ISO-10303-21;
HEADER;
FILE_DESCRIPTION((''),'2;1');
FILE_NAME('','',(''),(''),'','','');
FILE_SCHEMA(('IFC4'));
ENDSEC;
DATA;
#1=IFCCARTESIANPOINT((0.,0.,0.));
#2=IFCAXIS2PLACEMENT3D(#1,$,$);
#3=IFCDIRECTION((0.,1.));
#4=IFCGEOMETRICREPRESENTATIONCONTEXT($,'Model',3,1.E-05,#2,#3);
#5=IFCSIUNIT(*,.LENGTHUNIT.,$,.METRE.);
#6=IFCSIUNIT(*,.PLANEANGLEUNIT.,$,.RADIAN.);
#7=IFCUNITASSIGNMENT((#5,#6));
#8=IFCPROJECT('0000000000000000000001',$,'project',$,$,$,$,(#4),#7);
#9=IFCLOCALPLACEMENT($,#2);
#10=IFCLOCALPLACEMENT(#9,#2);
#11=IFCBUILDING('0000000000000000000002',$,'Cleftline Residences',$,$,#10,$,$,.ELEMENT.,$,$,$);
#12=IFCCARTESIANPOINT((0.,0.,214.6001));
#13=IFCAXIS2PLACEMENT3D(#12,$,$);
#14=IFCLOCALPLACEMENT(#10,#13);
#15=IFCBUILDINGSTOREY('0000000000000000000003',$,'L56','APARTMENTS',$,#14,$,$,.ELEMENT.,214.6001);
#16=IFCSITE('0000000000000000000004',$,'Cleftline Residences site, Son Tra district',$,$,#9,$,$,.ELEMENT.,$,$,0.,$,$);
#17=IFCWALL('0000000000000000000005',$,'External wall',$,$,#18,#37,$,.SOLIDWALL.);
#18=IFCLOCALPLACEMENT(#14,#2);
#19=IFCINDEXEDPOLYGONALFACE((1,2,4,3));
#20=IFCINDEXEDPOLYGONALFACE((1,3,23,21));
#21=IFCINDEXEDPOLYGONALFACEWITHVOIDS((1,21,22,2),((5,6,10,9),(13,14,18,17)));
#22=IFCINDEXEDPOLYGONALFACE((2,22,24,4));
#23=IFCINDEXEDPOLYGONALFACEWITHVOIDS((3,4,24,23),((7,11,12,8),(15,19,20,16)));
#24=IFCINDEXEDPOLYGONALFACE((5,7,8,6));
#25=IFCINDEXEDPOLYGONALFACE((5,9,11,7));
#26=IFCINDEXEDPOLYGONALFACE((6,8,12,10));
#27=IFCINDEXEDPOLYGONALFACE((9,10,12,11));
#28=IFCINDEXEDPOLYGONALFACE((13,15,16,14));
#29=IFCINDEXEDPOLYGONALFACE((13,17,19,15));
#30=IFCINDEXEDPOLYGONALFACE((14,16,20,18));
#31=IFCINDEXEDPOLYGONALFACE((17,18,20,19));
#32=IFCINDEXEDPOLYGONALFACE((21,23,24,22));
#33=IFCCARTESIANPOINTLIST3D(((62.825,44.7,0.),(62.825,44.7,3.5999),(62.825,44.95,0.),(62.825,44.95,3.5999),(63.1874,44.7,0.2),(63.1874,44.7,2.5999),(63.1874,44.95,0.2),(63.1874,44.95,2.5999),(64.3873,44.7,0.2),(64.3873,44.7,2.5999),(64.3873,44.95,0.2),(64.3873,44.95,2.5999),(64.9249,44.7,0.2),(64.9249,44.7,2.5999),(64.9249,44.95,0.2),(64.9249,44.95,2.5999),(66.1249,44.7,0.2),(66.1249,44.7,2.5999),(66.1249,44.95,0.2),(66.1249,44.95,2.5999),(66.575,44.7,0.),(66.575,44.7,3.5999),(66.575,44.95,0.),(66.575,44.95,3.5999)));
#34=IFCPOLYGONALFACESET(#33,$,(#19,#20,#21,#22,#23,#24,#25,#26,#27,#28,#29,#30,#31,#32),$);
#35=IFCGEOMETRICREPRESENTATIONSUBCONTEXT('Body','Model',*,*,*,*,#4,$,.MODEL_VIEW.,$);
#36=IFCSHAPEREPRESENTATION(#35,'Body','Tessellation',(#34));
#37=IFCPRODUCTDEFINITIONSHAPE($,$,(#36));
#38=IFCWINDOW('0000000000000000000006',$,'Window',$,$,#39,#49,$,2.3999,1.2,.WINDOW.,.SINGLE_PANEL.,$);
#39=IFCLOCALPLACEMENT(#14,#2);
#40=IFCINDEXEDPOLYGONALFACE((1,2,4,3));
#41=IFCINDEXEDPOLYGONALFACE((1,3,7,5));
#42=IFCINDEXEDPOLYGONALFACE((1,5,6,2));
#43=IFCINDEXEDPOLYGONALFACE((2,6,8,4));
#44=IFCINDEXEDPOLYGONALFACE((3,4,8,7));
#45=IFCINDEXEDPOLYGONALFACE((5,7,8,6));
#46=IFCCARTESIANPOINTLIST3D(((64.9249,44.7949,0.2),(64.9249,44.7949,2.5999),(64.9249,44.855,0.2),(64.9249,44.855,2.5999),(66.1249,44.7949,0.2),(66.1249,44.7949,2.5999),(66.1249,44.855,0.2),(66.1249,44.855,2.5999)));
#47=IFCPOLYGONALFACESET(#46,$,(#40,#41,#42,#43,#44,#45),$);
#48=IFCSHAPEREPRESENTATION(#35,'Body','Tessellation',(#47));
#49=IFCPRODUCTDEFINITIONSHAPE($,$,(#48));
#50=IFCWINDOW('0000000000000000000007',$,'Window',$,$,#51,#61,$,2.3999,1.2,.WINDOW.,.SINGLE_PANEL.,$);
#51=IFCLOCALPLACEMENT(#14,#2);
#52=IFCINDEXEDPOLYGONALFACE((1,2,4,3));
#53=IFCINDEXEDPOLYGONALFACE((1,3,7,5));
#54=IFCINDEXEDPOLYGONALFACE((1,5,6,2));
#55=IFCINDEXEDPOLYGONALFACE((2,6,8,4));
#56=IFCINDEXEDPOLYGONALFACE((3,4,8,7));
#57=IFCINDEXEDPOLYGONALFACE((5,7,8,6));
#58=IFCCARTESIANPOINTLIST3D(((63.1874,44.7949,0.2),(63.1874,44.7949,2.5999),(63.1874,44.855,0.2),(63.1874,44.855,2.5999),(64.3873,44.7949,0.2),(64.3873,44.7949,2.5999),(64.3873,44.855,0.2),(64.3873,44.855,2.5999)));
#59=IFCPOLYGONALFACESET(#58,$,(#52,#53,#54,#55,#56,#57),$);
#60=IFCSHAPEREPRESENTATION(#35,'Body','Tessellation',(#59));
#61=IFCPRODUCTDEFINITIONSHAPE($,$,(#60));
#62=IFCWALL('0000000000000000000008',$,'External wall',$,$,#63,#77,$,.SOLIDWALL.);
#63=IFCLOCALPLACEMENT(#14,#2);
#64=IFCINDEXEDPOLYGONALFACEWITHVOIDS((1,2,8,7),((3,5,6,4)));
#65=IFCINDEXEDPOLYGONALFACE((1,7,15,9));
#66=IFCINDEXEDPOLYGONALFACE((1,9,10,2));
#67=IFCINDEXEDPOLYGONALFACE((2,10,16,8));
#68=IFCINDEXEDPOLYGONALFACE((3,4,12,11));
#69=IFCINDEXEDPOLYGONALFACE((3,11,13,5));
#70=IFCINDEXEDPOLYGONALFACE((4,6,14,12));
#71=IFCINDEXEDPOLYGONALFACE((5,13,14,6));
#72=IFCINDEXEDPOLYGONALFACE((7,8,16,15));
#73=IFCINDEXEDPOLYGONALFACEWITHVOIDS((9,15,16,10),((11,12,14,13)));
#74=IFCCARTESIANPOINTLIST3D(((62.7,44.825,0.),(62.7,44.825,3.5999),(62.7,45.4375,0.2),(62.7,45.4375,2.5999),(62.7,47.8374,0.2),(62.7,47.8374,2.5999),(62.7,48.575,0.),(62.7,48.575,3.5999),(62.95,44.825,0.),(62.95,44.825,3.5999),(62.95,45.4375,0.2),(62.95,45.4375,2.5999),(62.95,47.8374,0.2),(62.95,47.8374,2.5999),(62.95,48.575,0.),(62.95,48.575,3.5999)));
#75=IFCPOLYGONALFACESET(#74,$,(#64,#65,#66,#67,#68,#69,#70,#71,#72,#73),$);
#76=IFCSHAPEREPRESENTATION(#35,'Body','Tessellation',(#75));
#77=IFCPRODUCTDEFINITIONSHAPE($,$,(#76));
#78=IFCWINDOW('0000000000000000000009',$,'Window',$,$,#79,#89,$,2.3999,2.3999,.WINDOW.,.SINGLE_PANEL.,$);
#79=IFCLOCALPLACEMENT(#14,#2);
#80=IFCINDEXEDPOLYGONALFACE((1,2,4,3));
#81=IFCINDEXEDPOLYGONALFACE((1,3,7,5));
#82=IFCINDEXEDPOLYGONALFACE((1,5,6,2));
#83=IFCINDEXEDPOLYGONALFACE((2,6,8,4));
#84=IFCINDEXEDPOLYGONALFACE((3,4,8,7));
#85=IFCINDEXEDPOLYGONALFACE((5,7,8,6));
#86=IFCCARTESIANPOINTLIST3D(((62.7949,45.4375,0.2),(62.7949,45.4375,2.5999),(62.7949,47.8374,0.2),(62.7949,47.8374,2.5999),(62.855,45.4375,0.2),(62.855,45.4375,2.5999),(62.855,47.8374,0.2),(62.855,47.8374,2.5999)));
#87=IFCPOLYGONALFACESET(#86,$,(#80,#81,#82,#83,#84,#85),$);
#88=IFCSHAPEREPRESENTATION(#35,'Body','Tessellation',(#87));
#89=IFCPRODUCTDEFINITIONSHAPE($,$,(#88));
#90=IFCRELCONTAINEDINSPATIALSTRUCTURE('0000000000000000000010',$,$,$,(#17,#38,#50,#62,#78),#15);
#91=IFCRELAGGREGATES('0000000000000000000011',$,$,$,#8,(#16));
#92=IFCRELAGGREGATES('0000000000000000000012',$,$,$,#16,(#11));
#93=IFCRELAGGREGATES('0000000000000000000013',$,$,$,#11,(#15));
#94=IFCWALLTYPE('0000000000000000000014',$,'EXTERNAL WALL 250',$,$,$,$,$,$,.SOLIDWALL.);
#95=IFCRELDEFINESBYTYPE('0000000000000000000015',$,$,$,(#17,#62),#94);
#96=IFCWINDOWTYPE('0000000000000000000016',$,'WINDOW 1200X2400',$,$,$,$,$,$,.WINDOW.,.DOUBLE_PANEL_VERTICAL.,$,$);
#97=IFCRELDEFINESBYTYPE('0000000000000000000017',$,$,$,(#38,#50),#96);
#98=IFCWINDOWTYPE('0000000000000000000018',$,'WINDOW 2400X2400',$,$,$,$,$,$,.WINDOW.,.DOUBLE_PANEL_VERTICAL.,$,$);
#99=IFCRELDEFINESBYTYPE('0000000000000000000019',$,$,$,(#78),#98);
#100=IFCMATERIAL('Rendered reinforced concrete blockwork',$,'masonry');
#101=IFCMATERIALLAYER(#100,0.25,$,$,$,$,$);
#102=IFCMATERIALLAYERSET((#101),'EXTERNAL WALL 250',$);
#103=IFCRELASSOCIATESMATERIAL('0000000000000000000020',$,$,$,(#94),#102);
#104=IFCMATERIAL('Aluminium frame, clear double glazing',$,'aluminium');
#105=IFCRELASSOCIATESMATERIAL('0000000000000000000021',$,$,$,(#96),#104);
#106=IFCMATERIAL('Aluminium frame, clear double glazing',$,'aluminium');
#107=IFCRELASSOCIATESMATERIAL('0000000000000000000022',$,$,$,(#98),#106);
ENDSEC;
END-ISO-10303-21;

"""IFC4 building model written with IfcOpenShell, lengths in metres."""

from ifc_helpers import new_model, si_unit, direction, frame, frame_2d, origin, place, context, subcontext, project, spatial, rectangle, extrude, material, layer, layer_set, type_object, element, fill, save


model = new_model("IFC4")

# Units and contexts
model_context = context("Model", 3, precision=1e-05, world=origin(), true_north=direction((0.0, 1.0)))
body_context = subcontext(model_context, "Body", "Model", "MODEL_VIEW")
ifc_project = project(units=[si_unit("LENGTHUNIT", "METRE"), si_unit("PLANEANGLEUNIT", "RADIAN")], contexts=[model_context])

# Site, building, storey
site_placement = place(None, origin())
site = spatial("IfcSite", under=ifc_project, at=site_placement, Name="Cleftline Residences site, Son Tra district", CompositionType="ELEMENT", RefElevation=0.0)
building_placement = place(site_placement, origin())
building = spatial("IfcBuilding", under=site, at=building_placement, Name="Cleftline Residences", CompositionType="ELEMENT")
storey_placement = place(building_placement, frame((0.0, 0.0, 214.6001)))
storey = spatial("IfcBuildingStorey", under=building, at=storey_placement, Name="L56", Description="APARTMENTS", CompositionType="ELEMENT", Elevation=214.6001)

# Wall, openings, windows
ifc_material_1 = material(Name="Rendered reinforced concrete blockwork", Category="masonry")
ifc_layer_1 = layer(ifc_material_1, 0.25)
ifc_layer_set_1 = layer_set([ifc_layer_1], Name="EXTERNAL WALL 250")
wall_type_1 = type_object("IfcWallType", Name="EXTERNAL WALL 250", PredefinedType="SOLIDWALL", material=ifc_layer_set_1)
wall_1_placement = place(storey_placement, frame((66.575, 44.825, 0.0), z_axis=(0.0, 0.0, 1.0), x_axis=(-1.0, 0.0, 0.0)))
wall_1 = element("IfcWall", 1, at=wall_1_placement, inside=storey, type_object=wall_type_1, Name="External wall", PredefinedType="SOLIDWALL", context=body_context, shape_type="SweptSolid", body=[
    extrude(rectangle(XDim=3.75, YDim=0.25, at=frame_2d((1.875, 0.0))), origin(), (0.0, 0.0, 1.0), 3.5999),
])
opening_1_placement = place(wall_1_placement, frame((0.45, 0.0, 0.2)))
opening_1 = element("IfcOpeningElement", 2, at=opening_1_placement, cuts=wall_1, PredefinedType="OPENING", context=body_context, shape_type="SweptSolid", body=[
    extrude(rectangle(XDim=1.2, YDim=2.3999, at=frame_2d((0.6001, 1.2))), frame((0.0, 0.135, 0.0), z_axis=(0.0, -1.0, 0.0), x_axis=(1.0, 0.0, 0.0)), (0.0, 0.0, 1.0), 0.27),
])
opening_2_placement = place(wall_1_placement, frame((2.1875, 0.0, 0.2)))
opening_2 = element("IfcOpeningElement", 3, at=opening_2_placement, cuts=wall_1, PredefinedType="OPENING", context=body_context, shape_type="SweptSolid", body=[
    extrude(rectangle(XDim=1.2, YDim=2.3999, at=frame_2d((0.6001, 1.2))), frame((0.0, 0.135, 0.0), z_axis=(0.0, -1.0, 0.0), x_axis=(1.0, 0.0, 0.0)), (0.0, 0.0, 1.0), 0.27),
])
ifc_material_2 = material(Name="Aluminium frame, clear double glazing", Category="aluminium")
window_type_1 = type_object("IfcWindowType", Name="WINDOW 1200X2400", PartitioningType="DOUBLE_PANEL_VERTICAL", PredefinedType="WINDOW", material=ifc_material_2)
window_1_placement = place(opening_1_placement, origin())
window_1 = element("IfcWindow", 4, at=window_1_placement, inside=storey, type_object=window_type_1, Name="Window", OverallHeight=2.3999, OverallWidth=1.2, PartitioningType="SINGLE_PANEL", PredefinedType="WINDOW", context=body_context, shape_type="SweptSolid", body=[
    extrude(rectangle(XDim=1.2, YDim=2.3999, at=frame_2d((0.6001, 1.2))), frame((0.0, 0.03, 0.0), z_axis=(0.0, -1.0, 0.0), x_axis=(1.0, 0.0, 0.0)), (0.0, 0.0, 1.0), 0.0601),
])
fill(opening_1, window_1)
window_2_placement = place(opening_2_placement, origin())
window_2 = element("IfcWindow", 5, at=window_2_placement, inside=storey, type_object=window_type_1, Name="Window", OverallHeight=2.3999, OverallWidth=1.2, PartitioningType="SINGLE_PANEL", PredefinedType="WINDOW", context=body_context, shape_type="SweptSolid", body=[
    extrude(rectangle(XDim=1.2, YDim=2.3999, at=frame_2d((0.6001, 1.2))), frame((0.0, 0.03, 0.0), z_axis=(0.0, -1.0, 0.0), x_axis=(1.0, 0.0, 0.0)), (0.0, 0.0, 1.0), 0.0601),
])
fill(opening_2, window_2)

# Wall, opening, window
wall_2_placement = place(storey_placement, frame((62.825, 44.825, 0.0), z_axis=(0.0, 0.0, 1.0), x_axis=(0.0, 1.0, 0.0)))
wall_2 = element("IfcWall", 6, at=wall_2_placement, inside=storey, type_object=wall_type_1, Name="External wall", PredefinedType="SOLIDWALL", context=body_context, shape_type="SweptSolid", body=[
    extrude(rectangle(XDim=3.75, YDim=0.25, at=frame_2d((1.875, 0.0))), origin(), (0.0, 0.0, 1.0), 3.5999),
])
opening_3_placement = place(wall_2_placement, frame((0.6125, 0.0, 0.2)))
opening_3 = element("IfcOpeningElement", 7, at=opening_3_placement, cuts=wall_2, PredefinedType="OPENING", context=body_context, shape_type="SweptSolid", body=[
    extrude(rectangle(XDim=2.3999, YDim=2.3999, at=frame_2d((1.2, 1.2))), frame((0.0, 0.135, 0.0), z_axis=(0.0, -1.0, 0.0), x_axis=(1.0, 0.0, 0.0)), (0.0, 0.0, 1.0), 0.27),
])
ifc_material_3 = material(Name="Aluminium frame, clear double glazing", Category="aluminium")
window_type_2 = type_object("IfcWindowType", Name="WINDOW 2400X2400", PartitioningType="DOUBLE_PANEL_VERTICAL", PredefinedType="WINDOW", material=ifc_material_3)
window_3_placement = place(opening_3_placement, origin())
window_3 = element("IfcWindow", 8, at=window_3_placement, inside=storey, type_object=window_type_2, Name="Window", OverallHeight=2.3999, OverallWidth=2.3999, PartitioningType="SINGLE_PANEL", PredefinedType="WINDOW", context=body_context, shape_type="SweptSolid", body=[
    extrude(rectangle(XDim=2.3999, YDim=2.3999, at=frame_2d((1.2, 1.2))), frame((0.0, 0.03, 0.0), z_axis=(0.0, -1.0, 0.0), x_axis=(1.0, 0.0, 0.0)), (0.0, 0.0, 1.0), 0.0601),
])
fill(opening_3, window_3)

save(model, "model.ifc")
